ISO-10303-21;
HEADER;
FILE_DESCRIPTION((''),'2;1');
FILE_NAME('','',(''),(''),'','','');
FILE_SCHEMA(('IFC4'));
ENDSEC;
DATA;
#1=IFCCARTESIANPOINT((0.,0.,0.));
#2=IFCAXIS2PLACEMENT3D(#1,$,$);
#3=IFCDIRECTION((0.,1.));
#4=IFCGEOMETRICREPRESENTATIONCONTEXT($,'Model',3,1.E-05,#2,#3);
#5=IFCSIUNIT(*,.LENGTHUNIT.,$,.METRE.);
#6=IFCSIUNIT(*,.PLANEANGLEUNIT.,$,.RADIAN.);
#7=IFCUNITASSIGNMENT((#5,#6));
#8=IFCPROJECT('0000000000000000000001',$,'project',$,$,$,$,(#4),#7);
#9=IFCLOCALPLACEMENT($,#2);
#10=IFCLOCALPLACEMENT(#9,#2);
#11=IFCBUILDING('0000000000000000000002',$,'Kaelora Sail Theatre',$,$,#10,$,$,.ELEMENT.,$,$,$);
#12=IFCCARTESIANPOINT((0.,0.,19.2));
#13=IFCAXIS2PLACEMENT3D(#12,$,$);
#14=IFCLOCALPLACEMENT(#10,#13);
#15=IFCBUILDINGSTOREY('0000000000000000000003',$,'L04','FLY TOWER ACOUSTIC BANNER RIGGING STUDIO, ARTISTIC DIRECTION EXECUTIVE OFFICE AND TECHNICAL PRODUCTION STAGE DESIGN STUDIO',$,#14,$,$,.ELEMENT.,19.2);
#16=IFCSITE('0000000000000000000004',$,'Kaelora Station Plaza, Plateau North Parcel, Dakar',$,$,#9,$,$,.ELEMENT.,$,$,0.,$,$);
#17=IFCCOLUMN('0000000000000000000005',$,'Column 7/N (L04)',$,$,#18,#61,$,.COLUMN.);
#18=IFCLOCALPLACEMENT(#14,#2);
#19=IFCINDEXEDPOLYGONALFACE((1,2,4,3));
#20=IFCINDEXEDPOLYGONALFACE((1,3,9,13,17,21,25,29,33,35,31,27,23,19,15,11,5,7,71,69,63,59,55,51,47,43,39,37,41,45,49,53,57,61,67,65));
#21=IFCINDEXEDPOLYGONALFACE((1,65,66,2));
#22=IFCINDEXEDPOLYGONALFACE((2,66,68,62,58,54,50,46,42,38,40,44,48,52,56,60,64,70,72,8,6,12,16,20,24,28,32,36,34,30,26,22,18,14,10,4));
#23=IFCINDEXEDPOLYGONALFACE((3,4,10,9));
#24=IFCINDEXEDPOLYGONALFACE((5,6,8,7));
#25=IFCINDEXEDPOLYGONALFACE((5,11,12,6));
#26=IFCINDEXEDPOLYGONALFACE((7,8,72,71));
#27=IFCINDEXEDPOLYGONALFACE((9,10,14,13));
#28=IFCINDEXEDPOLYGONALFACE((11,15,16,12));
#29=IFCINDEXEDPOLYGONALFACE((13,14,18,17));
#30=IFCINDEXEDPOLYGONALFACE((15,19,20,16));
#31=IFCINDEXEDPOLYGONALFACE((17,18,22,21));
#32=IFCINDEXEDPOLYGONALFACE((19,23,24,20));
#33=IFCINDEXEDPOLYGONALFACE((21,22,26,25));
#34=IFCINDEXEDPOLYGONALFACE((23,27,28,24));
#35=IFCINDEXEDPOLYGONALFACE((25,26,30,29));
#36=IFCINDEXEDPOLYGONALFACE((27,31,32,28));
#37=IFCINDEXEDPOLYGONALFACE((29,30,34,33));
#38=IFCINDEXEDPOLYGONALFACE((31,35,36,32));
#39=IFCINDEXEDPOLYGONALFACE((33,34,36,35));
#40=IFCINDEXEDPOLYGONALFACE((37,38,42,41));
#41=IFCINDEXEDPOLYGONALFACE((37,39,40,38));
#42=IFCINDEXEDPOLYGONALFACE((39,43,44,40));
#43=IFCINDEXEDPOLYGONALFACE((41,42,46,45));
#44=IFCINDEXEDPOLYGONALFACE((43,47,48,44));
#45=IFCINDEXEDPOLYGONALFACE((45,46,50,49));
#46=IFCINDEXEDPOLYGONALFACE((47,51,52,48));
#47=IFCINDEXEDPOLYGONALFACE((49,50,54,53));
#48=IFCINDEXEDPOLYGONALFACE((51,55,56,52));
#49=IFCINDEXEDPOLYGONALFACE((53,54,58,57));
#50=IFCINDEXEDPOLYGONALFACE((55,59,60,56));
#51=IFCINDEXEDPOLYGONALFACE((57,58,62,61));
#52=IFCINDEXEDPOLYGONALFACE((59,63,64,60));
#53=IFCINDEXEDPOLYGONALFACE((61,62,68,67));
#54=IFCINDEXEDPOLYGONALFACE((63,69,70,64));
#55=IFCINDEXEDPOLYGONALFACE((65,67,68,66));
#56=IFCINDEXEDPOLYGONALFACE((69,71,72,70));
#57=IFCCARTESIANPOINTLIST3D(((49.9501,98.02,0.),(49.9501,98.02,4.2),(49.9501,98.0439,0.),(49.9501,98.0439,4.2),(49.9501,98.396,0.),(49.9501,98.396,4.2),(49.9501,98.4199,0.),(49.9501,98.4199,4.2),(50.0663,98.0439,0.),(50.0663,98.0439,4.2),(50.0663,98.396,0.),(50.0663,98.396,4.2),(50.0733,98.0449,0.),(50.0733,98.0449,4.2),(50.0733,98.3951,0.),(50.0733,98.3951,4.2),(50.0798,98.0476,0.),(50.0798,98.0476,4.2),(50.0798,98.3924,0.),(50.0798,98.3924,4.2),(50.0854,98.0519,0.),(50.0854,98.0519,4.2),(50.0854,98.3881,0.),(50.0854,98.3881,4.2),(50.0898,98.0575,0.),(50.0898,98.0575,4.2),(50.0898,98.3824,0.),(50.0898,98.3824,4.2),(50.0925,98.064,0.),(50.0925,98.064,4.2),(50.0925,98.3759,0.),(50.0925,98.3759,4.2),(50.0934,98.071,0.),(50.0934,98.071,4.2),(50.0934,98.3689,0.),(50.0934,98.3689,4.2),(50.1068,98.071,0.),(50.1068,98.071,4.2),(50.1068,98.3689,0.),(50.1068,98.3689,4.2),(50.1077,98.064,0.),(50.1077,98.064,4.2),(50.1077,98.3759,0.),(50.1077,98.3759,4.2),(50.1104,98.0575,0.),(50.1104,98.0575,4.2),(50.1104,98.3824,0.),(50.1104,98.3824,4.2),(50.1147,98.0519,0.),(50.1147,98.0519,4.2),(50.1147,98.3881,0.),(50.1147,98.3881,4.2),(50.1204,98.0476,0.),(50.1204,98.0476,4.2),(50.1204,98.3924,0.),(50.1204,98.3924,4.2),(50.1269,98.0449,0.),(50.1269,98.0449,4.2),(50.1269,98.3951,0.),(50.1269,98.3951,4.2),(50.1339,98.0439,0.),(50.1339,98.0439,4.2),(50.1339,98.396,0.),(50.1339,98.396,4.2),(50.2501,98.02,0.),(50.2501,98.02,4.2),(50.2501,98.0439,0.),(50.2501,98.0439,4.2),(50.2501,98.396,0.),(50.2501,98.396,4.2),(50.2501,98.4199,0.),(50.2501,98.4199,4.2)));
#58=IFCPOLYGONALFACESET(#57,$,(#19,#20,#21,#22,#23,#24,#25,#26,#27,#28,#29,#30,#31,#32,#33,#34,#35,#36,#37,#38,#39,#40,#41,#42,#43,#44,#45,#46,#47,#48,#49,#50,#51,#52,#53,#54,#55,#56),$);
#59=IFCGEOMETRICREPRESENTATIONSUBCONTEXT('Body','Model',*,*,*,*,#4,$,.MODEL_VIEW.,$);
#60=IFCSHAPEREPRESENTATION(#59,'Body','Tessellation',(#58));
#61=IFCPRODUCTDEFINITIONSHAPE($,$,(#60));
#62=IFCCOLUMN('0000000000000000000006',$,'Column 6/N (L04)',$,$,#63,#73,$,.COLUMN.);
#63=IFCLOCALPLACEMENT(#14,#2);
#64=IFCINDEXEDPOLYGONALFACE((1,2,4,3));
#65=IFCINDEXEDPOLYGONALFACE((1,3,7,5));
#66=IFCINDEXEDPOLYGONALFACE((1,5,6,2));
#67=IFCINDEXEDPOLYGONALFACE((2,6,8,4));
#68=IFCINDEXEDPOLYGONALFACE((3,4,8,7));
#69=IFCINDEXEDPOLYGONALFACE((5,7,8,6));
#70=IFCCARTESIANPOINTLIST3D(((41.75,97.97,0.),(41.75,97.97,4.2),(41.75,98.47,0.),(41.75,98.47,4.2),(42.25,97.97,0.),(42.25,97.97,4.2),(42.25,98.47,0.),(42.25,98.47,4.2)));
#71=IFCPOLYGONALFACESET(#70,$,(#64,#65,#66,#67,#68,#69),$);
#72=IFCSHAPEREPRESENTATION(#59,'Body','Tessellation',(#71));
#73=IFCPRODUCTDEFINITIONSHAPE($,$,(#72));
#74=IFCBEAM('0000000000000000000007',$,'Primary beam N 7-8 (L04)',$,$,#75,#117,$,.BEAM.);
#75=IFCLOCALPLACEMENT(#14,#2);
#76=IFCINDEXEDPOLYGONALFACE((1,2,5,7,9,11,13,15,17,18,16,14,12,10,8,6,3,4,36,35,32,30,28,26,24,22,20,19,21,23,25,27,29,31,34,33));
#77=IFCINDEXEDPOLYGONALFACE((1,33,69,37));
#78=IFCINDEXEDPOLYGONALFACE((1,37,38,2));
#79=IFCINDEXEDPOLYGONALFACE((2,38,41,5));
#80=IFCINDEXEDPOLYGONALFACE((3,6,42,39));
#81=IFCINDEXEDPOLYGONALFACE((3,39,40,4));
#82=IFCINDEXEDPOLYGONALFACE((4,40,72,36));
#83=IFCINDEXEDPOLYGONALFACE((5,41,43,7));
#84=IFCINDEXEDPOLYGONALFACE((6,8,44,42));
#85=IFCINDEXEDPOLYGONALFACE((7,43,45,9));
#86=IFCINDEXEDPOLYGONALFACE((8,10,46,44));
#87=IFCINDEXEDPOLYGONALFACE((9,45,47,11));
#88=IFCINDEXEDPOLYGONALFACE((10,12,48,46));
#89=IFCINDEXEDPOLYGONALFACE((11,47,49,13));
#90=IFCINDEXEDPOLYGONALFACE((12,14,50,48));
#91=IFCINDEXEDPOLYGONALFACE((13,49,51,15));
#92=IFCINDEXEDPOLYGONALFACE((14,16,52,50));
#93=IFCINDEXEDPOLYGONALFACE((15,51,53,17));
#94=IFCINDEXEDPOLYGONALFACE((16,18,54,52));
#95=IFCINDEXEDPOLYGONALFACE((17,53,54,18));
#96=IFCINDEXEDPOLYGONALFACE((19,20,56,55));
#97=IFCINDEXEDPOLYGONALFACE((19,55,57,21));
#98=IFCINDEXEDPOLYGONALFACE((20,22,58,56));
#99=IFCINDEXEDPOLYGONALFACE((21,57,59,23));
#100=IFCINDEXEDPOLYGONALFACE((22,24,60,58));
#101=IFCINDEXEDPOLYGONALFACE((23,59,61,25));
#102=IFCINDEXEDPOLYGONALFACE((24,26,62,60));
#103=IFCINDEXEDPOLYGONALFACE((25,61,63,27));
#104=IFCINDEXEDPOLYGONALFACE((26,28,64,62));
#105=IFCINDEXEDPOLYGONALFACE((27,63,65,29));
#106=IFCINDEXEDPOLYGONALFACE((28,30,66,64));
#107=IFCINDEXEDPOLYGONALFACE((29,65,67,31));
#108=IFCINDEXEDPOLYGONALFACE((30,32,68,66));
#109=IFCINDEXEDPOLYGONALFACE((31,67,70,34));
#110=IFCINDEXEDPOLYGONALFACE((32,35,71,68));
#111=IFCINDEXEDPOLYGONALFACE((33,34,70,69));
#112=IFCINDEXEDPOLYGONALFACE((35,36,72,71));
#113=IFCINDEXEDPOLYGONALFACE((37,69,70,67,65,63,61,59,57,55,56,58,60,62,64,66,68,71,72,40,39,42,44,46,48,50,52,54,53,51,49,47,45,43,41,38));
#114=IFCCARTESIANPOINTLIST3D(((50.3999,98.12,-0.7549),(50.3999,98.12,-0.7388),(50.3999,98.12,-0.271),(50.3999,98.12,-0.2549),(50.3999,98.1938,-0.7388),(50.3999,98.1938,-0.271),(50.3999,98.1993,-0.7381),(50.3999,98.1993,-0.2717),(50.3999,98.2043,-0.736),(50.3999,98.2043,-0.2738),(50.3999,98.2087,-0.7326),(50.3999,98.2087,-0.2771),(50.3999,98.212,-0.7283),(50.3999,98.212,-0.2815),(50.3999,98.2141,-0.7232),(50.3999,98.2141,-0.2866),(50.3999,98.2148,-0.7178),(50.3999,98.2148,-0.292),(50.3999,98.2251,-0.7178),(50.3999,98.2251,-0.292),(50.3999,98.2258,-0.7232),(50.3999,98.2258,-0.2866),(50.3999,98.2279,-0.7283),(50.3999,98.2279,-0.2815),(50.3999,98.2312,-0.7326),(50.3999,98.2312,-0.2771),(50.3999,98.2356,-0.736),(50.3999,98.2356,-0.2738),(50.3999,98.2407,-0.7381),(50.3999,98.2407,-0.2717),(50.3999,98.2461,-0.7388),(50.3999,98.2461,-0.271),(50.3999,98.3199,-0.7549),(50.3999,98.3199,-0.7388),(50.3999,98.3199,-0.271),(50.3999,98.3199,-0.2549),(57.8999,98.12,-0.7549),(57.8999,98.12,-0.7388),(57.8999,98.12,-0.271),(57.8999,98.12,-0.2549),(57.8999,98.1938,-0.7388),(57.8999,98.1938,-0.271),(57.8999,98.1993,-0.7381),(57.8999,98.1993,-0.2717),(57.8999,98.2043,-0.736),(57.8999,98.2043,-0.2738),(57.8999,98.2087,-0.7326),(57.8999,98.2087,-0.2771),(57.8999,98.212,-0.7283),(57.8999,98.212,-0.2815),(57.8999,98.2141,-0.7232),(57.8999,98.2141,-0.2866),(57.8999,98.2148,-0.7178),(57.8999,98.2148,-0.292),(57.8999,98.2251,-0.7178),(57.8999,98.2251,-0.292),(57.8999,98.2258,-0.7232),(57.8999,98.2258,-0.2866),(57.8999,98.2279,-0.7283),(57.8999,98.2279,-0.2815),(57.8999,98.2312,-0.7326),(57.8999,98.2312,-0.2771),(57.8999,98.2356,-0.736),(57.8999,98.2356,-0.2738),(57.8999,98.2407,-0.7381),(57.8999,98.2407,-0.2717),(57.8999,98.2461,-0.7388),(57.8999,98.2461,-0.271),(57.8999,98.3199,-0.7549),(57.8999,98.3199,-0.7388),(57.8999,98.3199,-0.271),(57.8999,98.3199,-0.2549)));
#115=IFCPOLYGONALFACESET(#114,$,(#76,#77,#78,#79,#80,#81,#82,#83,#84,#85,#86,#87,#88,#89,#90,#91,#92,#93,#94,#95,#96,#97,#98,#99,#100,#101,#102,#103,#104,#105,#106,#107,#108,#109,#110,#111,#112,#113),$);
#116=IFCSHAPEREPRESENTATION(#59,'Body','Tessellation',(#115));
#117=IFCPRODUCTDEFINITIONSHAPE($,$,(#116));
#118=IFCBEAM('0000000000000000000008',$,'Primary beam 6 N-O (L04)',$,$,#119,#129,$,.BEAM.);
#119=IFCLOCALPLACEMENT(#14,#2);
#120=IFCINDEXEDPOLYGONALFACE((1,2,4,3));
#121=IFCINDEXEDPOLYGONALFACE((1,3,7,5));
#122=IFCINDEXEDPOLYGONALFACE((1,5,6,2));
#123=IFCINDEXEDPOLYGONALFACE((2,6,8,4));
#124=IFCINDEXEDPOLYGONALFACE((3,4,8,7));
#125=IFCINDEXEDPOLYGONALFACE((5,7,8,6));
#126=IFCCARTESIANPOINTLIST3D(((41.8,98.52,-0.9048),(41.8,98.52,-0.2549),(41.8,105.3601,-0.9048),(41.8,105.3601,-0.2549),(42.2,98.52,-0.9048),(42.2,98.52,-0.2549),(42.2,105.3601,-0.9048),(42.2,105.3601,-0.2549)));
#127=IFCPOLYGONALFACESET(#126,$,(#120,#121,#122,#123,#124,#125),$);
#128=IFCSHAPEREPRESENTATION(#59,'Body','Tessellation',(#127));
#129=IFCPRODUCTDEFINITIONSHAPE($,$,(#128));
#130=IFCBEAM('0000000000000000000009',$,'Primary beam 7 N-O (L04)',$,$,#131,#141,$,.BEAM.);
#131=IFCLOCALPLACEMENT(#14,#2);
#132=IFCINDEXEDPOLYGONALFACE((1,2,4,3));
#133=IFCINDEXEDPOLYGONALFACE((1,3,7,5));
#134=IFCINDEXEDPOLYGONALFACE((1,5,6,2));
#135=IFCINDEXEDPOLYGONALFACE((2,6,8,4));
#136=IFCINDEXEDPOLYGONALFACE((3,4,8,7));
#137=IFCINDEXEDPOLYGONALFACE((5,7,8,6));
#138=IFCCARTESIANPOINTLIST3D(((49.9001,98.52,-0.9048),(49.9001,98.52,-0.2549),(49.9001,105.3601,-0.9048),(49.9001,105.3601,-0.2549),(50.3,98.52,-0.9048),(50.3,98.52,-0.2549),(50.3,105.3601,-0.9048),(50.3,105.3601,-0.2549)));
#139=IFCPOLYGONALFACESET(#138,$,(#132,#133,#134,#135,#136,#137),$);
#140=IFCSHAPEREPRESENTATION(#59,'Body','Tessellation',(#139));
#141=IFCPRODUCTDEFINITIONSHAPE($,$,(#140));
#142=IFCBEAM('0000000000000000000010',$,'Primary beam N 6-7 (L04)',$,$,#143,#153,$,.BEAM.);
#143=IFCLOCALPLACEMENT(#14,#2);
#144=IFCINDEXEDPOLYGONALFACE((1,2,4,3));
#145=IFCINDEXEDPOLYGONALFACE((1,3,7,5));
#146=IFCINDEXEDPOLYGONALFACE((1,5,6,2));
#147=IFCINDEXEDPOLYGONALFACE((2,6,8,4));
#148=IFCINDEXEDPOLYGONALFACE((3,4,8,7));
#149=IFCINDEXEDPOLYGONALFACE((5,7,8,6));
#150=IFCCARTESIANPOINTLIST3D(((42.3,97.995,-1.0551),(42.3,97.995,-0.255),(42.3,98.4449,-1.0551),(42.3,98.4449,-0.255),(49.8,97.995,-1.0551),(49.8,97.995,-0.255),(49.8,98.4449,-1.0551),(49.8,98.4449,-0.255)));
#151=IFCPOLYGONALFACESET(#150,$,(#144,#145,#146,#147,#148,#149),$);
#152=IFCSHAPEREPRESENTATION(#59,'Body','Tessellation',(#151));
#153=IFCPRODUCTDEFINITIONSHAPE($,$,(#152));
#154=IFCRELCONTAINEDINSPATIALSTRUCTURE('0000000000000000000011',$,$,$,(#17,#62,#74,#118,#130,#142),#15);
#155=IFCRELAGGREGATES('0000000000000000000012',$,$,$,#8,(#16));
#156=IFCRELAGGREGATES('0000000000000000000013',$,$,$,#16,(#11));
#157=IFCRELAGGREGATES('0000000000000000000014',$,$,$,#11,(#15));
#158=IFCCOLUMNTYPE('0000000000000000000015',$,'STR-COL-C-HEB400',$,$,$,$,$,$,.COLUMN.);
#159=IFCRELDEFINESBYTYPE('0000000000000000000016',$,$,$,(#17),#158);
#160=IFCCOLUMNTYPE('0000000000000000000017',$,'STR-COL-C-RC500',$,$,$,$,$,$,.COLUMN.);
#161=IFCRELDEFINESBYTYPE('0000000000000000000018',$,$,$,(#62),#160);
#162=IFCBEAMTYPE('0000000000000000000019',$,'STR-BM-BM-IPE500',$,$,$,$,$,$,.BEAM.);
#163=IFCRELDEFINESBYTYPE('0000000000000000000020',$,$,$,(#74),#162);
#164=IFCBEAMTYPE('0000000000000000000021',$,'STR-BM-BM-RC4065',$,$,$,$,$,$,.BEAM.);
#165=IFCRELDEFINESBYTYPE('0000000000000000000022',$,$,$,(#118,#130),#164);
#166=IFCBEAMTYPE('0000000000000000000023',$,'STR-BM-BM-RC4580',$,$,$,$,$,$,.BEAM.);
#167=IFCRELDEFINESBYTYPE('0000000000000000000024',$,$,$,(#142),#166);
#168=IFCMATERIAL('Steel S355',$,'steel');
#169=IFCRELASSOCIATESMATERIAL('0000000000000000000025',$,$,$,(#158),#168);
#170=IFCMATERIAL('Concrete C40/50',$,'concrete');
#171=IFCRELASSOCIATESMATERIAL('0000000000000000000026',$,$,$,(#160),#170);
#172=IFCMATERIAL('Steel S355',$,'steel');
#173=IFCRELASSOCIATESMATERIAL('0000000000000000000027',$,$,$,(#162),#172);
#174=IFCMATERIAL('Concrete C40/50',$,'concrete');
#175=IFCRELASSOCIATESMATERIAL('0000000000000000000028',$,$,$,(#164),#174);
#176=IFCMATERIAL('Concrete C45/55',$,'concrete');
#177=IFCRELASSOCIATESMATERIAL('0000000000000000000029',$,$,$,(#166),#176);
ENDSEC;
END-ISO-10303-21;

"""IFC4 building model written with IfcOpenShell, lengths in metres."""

from ifc_helpers import new_model, si_unit, direction, frame, origin, origin_2d, place, context, subcontext, project, spatial, rectangle, i_section, extrude, material, material_profile, profile_set, type_object, element, save


model = new_model("IFC4")

# Units and contexts
model_context = context("Model", 3, precision=1e-05, world=origin(), true_north=direction((0.0, 1.0)))
body_context = subcontext(model_context, "Body", "Model", "MODEL_VIEW")
ifc_project = project(units=[si_unit("LENGTHUNIT", "METRE"), si_unit("PLANEANGLEUNIT", "RADIAN")], contexts=[model_context])

# Site, building, storey
site_placement = place(None, origin())
site = spatial("IfcSite", under=ifc_project, at=site_placement, Name="Kaelora Station Plaza, Plateau North Parcel, Dakar", CompositionType="ELEMENT", RefElevation=0.0)
building_placement = place(site_placement, origin())
building = spatial("IfcBuilding", under=site, at=building_placement, Name="Kaelora Sail Theatre", CompositionType="ELEMENT")
storey_placement = place(building_placement, frame((0.0, 0.0, 19.2)))
storey = spatial("IfcBuildingStorey", under=building, at=storey_placement, Name="L04", Description="FLY TOWER ACOUSTIC BANNER RIGGING STUDIO, ARTISTIC DIRECTION EXECUTIVE OFFICE AND TECHNICAL PRODUCTION STAGE DESIGN STUDIO", CompositionType="ELEMENT", Elevation=19.2)

# Columns
ifc_material_1 = material(Name="Steel S355", Category="steel")
ifc_material_profile_1 = material_profile(ifc_material_1, i_section(OverallWidth=0.3, OverallDepth=0.3999, WebThickness=0.0134, FlangeThickness=0.0239, FilletRadius=0.0271, at=origin_2d()), Name="HEB 400")
ifc_profile_set_1 = profile_set([ifc_material_profile_1], Name="Steel S355")
column_type_1 = type_object("IfcColumnType", Name="STR-COL-C-HEB400", PredefinedType="COLUMN", material=ifc_profile_set_1)
column_1_placement = place(storey_placement, frame((50.1001, 98.22, 0.0), z_axis=(0.0, 0.0, 1.0), x_axis=(1.0, 0.0, 0.0)))
element("IfcColumn", 1, at=column_1_placement, inside=storey, type_object=column_type_1, Name="Column 7/N (L04)", PredefinedType="COLUMN", context=body_context, shape_type="SweptSolid", body=[
    extrude(i_section(OverallWidth=0.3, OverallDepth=0.3999, WebThickness=0.0134, FlangeThickness=0.0239, FilletRadius=0.0271, at=origin_2d()), origin(), (0.0, 0.0, 1.0), 4.2),
])
ifc_material_2 = material(Name="Concrete C40/50", Category="concrete")
ifc_material_profile_2 = material_profile(ifc_material_2, rectangle(XDim=0.5, YDim=0.5, at=origin_2d()), Name="RC-COL 500x500")
ifc_profile_set_2 = profile_set([ifc_material_profile_2], Name="Concrete C40/50")
column_type_2 = type_object("IfcColumnType", Name="STR-COL-C-RC500", PredefinedType="COLUMN", material=ifc_profile_set_2)
column_2_placement = place(storey_placement, frame((42.0, 98.22, 0.0), z_axis=(0.0, 0.0, 1.0), x_axis=(1.0, 0.0, 0.0)))
element("IfcColumn", 2, at=column_2_placement, inside=storey, type_object=column_type_2, Name="Column 6/N (L04)", PredefinedType="COLUMN", context=body_context, shape_type="SweptSolid", body=[
    extrude(rectangle(XDim=0.5, YDim=0.5, at=origin_2d()), origin(), (0.0, 0.0, 1.0), 4.2),
])

# Beams
ifc_material_3 = material(Name="Steel S355", Category="steel")
ifc_material_profile_3 = material_profile(ifc_material_3, i_section(OverallWidth=0.2, OverallDepth=0.5, WebThickness=0.0103, FlangeThickness=0.0161, FilletRadius=0.021, at=origin_2d()), Name="IPE 500")
ifc_profile_set_3 = profile_set([ifc_material_profile_3], Name="Steel S355")
beam_type_1 = type_object("IfcBeamType", Name="STR-BM-BM-IPE500", PredefinedType="BEAM", material=ifc_profile_set_3)
beam_1_placement = place(storey_placement, frame((50.3999, 98.22, -0.5049), z_axis=(1.0, 0.0, 0.0), x_axis=(0.0, 1.0, 0.0)))
element("IfcBeam", 3, at=beam_1_placement, inside=storey, type_object=beam_type_1, Name="Primary beam N 7-8 (L04)", PredefinedType="BEAM", context=body_context, shape_type="SweptSolid", body=[
    extrude(i_section(OverallWidth=0.2, OverallDepth=0.5, WebThickness=0.0103, FlangeThickness=0.0161, FilletRadius=0.021, at=origin_2d()), origin(), (0.0, 0.0, 1.0), 7.5),
])
ifc_material_4 = material(Name="Concrete C40/50", Category="concrete")
ifc_material_profile_4 = material_profile(ifc_material_4, rectangle(XDim=0.3999, YDim=0.6499, at=origin_2d()), Name="RC-BM 400x650")
ifc_profile_set_4 = profile_set([ifc_material_profile_4], Name="Concrete C40/50")
beam_type_2 = type_object("IfcBeamType", Name="STR-BM-BM-RC4065", PredefinedType="BEAM", material=ifc_profile_set_4)
for number, where, z_axis, x_axis, name in (
    (4, (42.0, 98.52, -0.5798), (0.0, 1.0, 0.0), (-1.0, 0.0, 0.0), "Primary beam 6 N-O (L04)"),
    (5, (50.1001, 98.52, -0.5798), (0.0, 1.0, 0.0), (-1.0, 0.0, 0.0), "Primary beam 7 N-O (L04)"),
):
    element("IfcBeam", number, at=place(storey_placement, frame(where, z_axis=z_axis, x_axis=x_axis)), inside=storey, type_object=beam_type_2, Name=name, PredefinedType="BEAM", context=body_context, shape_type="SweptSolid", body=[
        extrude(rectangle(XDim=0.3999, YDim=0.6499, at=origin_2d()), origin(), (0.0, 0.0, 1.0), 6.8401),
    ])
ifc_material_5 = material(Name="Concrete C45/55", Category="concrete")
ifc_material_profile_5 = material_profile(ifc_material_5, rectangle(XDim=0.45, YDim=0.8, at=origin_2d()), Name="RC-BM 450x800")
ifc_profile_set_5 = profile_set([ifc_material_profile_5], Name="Concrete C45/55")
beam_type_3 = type_object("IfcBeamType", Name="STR-BM-BM-RC4580", PredefinedType="BEAM", material=ifc_profile_set_5)
beam_2_placement = place(storey_placement, frame((42.3, 98.22, -0.655), z_axis=(1.0, 0.0, 0.0), x_axis=(0.0, 1.0, 0.0)))
element("IfcBeam", 6, at=beam_2_placement, inside=storey, type_object=beam_type_3, Name="Primary beam N 6-7 (L04)", PredefinedType="BEAM", context=body_context, shape_type="SweptSolid", body=[
    extrude(rectangle(XDim=0.45, YDim=0.8, at=origin_2d()), origin(), (0.0, 0.0, 1.0), 7.5),
])

save(model, "model.ifc")
